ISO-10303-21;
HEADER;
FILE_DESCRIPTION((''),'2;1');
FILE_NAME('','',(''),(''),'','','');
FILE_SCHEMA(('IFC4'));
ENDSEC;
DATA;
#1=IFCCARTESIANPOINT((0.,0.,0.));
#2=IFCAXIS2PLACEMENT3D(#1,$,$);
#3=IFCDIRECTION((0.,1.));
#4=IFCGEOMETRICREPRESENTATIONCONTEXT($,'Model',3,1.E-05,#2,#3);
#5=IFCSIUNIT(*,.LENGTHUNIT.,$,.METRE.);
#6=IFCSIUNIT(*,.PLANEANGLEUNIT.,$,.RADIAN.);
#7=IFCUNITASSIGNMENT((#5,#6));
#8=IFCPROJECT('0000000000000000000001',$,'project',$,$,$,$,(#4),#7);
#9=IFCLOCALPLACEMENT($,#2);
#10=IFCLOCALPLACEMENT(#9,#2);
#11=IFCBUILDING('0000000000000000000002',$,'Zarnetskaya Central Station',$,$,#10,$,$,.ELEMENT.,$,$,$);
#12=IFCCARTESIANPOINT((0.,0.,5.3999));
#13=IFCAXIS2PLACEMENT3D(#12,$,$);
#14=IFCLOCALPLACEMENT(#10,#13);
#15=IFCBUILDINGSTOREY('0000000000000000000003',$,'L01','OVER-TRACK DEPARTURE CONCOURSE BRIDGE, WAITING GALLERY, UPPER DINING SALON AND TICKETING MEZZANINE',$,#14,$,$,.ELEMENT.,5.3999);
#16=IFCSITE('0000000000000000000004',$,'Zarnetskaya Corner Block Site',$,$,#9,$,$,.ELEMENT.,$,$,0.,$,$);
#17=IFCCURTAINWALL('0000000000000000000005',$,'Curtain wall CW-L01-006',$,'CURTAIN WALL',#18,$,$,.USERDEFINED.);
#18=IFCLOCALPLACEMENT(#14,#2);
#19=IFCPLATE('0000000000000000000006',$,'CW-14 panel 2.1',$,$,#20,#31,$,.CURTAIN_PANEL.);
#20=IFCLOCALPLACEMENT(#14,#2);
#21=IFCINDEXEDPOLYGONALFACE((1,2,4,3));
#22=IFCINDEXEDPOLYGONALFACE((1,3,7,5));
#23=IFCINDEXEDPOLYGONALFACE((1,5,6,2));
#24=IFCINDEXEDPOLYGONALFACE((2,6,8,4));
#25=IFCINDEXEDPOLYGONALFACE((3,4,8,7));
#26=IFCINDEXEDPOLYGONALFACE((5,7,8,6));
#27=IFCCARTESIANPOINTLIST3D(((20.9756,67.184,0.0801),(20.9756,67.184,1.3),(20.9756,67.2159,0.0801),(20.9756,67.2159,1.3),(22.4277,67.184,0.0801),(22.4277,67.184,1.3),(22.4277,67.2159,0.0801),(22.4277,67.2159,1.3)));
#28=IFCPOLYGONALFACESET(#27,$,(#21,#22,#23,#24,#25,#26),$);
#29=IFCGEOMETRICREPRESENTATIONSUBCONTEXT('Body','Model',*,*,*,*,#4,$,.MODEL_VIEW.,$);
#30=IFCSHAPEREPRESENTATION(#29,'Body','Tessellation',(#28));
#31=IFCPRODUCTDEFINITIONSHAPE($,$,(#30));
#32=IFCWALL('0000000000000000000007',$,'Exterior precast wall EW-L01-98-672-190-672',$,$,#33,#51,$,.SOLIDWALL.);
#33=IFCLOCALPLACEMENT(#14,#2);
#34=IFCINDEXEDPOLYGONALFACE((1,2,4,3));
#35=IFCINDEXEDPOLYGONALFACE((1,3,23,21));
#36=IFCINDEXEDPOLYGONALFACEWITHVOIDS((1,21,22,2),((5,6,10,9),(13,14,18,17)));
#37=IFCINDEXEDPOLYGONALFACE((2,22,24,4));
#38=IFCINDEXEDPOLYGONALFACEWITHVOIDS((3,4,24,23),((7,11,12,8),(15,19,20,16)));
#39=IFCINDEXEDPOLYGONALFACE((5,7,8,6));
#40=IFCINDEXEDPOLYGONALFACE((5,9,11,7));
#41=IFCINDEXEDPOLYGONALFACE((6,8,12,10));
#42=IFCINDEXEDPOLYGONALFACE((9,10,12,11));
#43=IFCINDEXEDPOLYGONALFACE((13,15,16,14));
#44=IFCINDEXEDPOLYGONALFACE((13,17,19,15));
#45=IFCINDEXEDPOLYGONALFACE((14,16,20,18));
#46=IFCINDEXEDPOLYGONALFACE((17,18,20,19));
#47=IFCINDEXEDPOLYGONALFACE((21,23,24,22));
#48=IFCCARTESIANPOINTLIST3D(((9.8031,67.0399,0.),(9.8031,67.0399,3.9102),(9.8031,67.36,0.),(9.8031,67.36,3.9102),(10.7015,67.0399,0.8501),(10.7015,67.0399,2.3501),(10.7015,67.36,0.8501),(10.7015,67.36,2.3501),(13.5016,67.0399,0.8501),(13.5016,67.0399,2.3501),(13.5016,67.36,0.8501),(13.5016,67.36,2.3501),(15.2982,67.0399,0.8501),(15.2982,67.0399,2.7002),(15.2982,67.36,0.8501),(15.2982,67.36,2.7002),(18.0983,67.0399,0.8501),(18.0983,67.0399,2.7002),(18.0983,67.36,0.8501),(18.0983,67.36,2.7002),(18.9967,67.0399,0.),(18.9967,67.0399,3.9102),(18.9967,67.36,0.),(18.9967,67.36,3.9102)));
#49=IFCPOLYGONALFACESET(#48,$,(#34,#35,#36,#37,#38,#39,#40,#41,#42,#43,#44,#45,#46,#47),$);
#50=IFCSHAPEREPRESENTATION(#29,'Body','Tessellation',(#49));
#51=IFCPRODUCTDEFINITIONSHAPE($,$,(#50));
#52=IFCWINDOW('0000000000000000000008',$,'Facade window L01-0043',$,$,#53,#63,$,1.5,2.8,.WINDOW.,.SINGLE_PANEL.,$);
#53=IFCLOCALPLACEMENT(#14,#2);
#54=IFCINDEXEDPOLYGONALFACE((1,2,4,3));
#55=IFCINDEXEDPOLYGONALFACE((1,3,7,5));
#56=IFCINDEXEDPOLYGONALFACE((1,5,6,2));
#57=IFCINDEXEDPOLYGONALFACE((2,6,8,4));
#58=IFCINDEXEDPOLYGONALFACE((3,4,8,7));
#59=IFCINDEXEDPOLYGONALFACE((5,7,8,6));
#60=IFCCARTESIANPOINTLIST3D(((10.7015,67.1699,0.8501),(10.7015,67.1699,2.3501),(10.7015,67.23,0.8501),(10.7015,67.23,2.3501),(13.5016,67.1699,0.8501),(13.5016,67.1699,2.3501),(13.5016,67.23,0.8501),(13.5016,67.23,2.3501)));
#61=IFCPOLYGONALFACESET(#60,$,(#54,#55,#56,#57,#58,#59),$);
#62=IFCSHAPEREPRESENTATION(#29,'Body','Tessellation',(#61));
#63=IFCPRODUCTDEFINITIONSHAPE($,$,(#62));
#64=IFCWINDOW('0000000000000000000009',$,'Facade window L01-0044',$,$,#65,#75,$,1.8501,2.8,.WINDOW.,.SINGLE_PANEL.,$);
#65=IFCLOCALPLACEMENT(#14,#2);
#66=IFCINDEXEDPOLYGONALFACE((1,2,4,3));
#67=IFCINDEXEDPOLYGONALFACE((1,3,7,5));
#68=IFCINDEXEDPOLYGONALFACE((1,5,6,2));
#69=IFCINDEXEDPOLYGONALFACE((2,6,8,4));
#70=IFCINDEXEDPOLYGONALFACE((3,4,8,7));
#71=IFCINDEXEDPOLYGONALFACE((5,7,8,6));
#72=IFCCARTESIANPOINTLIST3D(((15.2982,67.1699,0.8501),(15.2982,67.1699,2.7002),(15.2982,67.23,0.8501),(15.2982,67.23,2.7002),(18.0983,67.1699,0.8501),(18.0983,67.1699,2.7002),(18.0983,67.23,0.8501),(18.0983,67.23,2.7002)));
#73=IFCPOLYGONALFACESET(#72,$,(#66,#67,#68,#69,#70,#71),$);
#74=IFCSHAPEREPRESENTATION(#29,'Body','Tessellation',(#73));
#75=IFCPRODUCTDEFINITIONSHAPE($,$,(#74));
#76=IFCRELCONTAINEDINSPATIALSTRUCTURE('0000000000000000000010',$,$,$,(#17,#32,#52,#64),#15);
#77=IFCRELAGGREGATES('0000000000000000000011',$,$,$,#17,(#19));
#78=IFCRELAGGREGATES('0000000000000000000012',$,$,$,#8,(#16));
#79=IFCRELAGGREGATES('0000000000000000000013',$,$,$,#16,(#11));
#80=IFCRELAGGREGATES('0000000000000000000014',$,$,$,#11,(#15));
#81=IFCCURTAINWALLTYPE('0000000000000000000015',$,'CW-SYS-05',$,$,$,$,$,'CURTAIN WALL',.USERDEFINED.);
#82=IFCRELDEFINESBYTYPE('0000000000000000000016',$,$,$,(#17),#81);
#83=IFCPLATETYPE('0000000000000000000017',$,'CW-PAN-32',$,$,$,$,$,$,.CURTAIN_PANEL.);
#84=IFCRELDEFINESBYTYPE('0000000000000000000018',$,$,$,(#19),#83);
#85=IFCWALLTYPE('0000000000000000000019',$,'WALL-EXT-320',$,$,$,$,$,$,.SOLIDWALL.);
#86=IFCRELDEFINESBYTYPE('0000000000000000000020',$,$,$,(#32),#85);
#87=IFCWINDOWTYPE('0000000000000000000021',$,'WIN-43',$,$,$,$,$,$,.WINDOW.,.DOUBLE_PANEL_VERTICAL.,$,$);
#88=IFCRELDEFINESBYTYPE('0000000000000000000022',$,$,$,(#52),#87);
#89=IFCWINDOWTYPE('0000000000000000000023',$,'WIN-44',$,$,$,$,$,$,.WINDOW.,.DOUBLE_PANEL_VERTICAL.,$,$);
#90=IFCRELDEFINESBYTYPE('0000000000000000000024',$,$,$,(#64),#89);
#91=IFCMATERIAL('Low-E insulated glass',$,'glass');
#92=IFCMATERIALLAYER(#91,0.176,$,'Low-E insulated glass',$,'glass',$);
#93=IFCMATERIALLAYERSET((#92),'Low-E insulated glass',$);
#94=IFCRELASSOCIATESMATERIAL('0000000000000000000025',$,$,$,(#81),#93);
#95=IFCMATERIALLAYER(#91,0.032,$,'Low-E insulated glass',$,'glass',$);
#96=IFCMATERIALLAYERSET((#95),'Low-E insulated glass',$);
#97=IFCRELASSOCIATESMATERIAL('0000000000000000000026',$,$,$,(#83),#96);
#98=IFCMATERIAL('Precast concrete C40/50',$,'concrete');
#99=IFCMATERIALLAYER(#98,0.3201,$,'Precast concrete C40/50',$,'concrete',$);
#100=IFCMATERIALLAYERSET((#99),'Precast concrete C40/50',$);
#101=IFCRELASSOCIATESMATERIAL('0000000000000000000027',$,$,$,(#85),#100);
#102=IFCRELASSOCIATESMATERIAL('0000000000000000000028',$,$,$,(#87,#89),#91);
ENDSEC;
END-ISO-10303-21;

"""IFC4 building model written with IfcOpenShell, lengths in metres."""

from ifc_helpers import new_model, si_unit, direction, frame, frame_2d, origin, origin_2d, place, context, subcontext, project, spatial, rectangle, extrude, material, layer, layer_set, type_object, element, fill, aggregate, save


model = new_model("IFC4")

# Units and contexts
model_context = context("Model", 3, precision=1e-05, world=origin(), true_north=direction((0.0, 1.0)))
body_context = subcontext(model_context, "Body", "Model", "MODEL_VIEW")
ifc_project = project(units=[si_unit("LENGTHUNIT", "METRE"), si_unit("PLANEANGLEUNIT", "RADIAN")], contexts=[model_context])

# Site, building, storey
site_placement = place(None, origin())
site = spatial("IfcSite", under=ifc_project, at=site_placement, Name="Zarnetskaya Corner Block Site", CompositionType="ELEMENT", RefElevation=0.0)
building_placement = place(site_placement, origin())
building = spatial("IfcBuilding", under=site, at=building_placement, Name="Zarnetskaya Central Station", CompositionType="ELEMENT")
storey_placement = place(building_placement, frame((0.0, 0.0, 5.3999)))
storey = spatial("IfcBuildingStorey", under=building, at=storey_placement, Name="L01", Description="OVER-TRACK DEPARTURE CONCOURSE BRIDGE, WAITING GALLERY, UPPER DINING SALON AND TICKETING MEZZANINE", CompositionType="ELEMENT", Elevation=5.3999)

# Curtain wall
ifc_material_1 = material(Name="Low-E insulated glass", Category="glass")
ifc_layer_1 = layer(ifc_material_1, 0.176, Name="Low-E insulated glass", Category="glass")
ifc_layer_set_1 = layer_set([ifc_layer_1], Name="Low-E insulated glass")
curtain_wall_type = type_object("IfcCurtainWallType", Name="CW-SYS-05", ElementType="CURTAIN WALL", PredefinedType="USERDEFINED", material=ifc_layer_set_1)
curtain_wall_placement = place(storey_placement, origin())
curtain_wall = element("IfcCurtainWall", 1, at=curtain_wall_placement, inside=storey, type_object=curtain_wall_type, Name="Curtain wall CW-L01-006", ObjectType="CURTAIN WALL", PredefinedType="USERDEFINED")

# Plate
ifc_layer_2 = layer(ifc_material_1, 0.032, Name="Low-E insulated glass", Category="glass")
ifc_layer_set_2 = layer_set([ifc_layer_2], Name="Low-E insulated glass")
plate_type = type_object("IfcPlateType", Name="CW-PAN-32", PredefinedType="CURTAIN_PANEL", material=ifc_layer_set_2)
plate_1_placement = place(storey_placement, frame((21.7017, 67.2, 0.0801), z_axis=(0.0, 0.0, 1.0), x_axis=(1.0, 0.0, 0.0)))
plate_1 = element("IfcPlate", 2, at=plate_1_placement, type_object=plate_type, Name="CW-14 panel 2.1", PredefinedType="CURTAIN_PANEL", context=body_context, shape_type="SweptSolid", body=[
    extrude(rectangle(XDim=1.4521, YDim=0.032, at=origin_2d()), origin(), (0.0, 0.0, 1.0), 1.22),
])
aggregate(curtain_wall, [plate_1])

# Wall, openings, windows
ifc_material_2 = material(Name="Precast concrete C40/50", Category="concrete")
ifc_layer_3 = layer(ifc_material_2, 0.3201, Name="Precast concrete C40/50", Category="concrete")
ifc_layer_set_3 = layer_set([ifc_layer_3], Name="Precast concrete C40/50")
wall_type = type_object("IfcWallType", Name="WALL-EXT-320", PredefinedType="SOLIDWALL", material=ifc_layer_set_3)
wall_placement = place(storey_placement, frame((9.8032, 67.2, 0.0), z_axis=(0.0, 0.0, 1.0), x_axis=(1.0, 0.0, 0.0)))
wall = element("IfcWall", 3, at=wall_placement, inside=storey, type_object=wall_type, Name="Exterior precast wall EW-L01-98-672-190-672", PredefinedType="SOLIDWALL", context=body_context, shape_type="SweptSolid", body=[
    extrude(rectangle(XDim=9.1936, YDim=0.3201, at=frame_2d((4.5967, 0.0))), origin(), (0.0, 0.0, 1.0), 3.9102),
])
opening_1_placement = place(wall_placement, frame((0.8984, 0.0, 0.8501)))
opening_1 = element("IfcOpeningElement", 4, at=opening_1_placement, cuts=wall, PredefinedType="OPENING", context=body_context, shape_type="SweptSolid", body=[
    extrude(rectangle(XDim=2.8, YDim=1.5, at=frame_2d((1.3999, 0.75))), frame((0.0, 0.1699, 0.0), z_axis=(0.0, -1.0, 0.0), x_axis=(1.0, 0.0, 0.0)), (0.0, 0.0, 1.0), 0.3401),
])
opening_2_placement = place(wall_placement, frame((5.4951, 0.0, 0.8501)))
opening_2 = element("IfcOpeningElement", 5, at=opening_2_placement, cuts=wall, PredefinedType="OPENING", context=body_context, shape_type="SweptSolid", body=[
    extrude(rectangle(XDim=2.8, YDim=1.8501, at=frame_2d((1.3999, 0.925))), frame((0.0, 0.1699, 0.0), z_axis=(0.0, -1.0, 0.0), x_axis=(1.0, 0.0, 0.0)), (0.0, 0.0, 1.0), 0.3401),
])
window_type_1 = type_object("IfcWindowType", Name="WIN-43", PartitioningType="DOUBLE_PANEL_VERTICAL", PredefinedType="WINDOW", material=ifc_material_1)
window_1_placement = place(opening_1_placement, origin())
window_1 = element("IfcWindow", 6, at=window_1_placement, inside=storey, type_object=window_type_1, Name="Facade window L01-0043", OverallHeight=1.5, OverallWidth=2.8, PartitioningType="SINGLE_PANEL", PredefinedType="WINDOW", context=body_context, shape_type="SweptSolid", body=[
    extrude(rectangle(XDim=2.8, YDim=1.5, at=frame_2d((1.3999, 0.75))), frame((0.0, 0.03, 0.0), z_axis=(0.0, -1.0, 0.0), x_axis=(1.0, 0.0, 0.0)), (0.0, 0.0, 1.0), 0.0601),
])
fill(opening_1, window_1)
window_type_2 = type_object("IfcWindowType", Name="WIN-44", PartitioningType="DOUBLE_PANEL_VERTICAL", PredefinedType="WINDOW", material=ifc_material_1)
window_2_placement = place(opening_2_placement, origin())
window_2 = element("IfcWindow", 7, at=window_2_placement, inside=storey, type_object=window_type_2, Name="Facade window L01-0044", OverallHeight=1.8501, OverallWidth=2.8, PartitioningType="SINGLE_PANEL", PredefinedType="WINDOW", context=body_context, shape_type="SweptSolid", body=[
    extrude(rectangle(XDim=2.8, YDim=1.8501, at=frame_2d((1.3999, 0.925))), frame((0.0, 0.03, 0.0), z_axis=(0.0, -1.0, 0.0), x_axis=(1.0, 0.0, 0.0)), (0.0, 0.0, 1.0), 0.0601),
])
fill(opening_2, window_2)

save(model, "model.ifc")
